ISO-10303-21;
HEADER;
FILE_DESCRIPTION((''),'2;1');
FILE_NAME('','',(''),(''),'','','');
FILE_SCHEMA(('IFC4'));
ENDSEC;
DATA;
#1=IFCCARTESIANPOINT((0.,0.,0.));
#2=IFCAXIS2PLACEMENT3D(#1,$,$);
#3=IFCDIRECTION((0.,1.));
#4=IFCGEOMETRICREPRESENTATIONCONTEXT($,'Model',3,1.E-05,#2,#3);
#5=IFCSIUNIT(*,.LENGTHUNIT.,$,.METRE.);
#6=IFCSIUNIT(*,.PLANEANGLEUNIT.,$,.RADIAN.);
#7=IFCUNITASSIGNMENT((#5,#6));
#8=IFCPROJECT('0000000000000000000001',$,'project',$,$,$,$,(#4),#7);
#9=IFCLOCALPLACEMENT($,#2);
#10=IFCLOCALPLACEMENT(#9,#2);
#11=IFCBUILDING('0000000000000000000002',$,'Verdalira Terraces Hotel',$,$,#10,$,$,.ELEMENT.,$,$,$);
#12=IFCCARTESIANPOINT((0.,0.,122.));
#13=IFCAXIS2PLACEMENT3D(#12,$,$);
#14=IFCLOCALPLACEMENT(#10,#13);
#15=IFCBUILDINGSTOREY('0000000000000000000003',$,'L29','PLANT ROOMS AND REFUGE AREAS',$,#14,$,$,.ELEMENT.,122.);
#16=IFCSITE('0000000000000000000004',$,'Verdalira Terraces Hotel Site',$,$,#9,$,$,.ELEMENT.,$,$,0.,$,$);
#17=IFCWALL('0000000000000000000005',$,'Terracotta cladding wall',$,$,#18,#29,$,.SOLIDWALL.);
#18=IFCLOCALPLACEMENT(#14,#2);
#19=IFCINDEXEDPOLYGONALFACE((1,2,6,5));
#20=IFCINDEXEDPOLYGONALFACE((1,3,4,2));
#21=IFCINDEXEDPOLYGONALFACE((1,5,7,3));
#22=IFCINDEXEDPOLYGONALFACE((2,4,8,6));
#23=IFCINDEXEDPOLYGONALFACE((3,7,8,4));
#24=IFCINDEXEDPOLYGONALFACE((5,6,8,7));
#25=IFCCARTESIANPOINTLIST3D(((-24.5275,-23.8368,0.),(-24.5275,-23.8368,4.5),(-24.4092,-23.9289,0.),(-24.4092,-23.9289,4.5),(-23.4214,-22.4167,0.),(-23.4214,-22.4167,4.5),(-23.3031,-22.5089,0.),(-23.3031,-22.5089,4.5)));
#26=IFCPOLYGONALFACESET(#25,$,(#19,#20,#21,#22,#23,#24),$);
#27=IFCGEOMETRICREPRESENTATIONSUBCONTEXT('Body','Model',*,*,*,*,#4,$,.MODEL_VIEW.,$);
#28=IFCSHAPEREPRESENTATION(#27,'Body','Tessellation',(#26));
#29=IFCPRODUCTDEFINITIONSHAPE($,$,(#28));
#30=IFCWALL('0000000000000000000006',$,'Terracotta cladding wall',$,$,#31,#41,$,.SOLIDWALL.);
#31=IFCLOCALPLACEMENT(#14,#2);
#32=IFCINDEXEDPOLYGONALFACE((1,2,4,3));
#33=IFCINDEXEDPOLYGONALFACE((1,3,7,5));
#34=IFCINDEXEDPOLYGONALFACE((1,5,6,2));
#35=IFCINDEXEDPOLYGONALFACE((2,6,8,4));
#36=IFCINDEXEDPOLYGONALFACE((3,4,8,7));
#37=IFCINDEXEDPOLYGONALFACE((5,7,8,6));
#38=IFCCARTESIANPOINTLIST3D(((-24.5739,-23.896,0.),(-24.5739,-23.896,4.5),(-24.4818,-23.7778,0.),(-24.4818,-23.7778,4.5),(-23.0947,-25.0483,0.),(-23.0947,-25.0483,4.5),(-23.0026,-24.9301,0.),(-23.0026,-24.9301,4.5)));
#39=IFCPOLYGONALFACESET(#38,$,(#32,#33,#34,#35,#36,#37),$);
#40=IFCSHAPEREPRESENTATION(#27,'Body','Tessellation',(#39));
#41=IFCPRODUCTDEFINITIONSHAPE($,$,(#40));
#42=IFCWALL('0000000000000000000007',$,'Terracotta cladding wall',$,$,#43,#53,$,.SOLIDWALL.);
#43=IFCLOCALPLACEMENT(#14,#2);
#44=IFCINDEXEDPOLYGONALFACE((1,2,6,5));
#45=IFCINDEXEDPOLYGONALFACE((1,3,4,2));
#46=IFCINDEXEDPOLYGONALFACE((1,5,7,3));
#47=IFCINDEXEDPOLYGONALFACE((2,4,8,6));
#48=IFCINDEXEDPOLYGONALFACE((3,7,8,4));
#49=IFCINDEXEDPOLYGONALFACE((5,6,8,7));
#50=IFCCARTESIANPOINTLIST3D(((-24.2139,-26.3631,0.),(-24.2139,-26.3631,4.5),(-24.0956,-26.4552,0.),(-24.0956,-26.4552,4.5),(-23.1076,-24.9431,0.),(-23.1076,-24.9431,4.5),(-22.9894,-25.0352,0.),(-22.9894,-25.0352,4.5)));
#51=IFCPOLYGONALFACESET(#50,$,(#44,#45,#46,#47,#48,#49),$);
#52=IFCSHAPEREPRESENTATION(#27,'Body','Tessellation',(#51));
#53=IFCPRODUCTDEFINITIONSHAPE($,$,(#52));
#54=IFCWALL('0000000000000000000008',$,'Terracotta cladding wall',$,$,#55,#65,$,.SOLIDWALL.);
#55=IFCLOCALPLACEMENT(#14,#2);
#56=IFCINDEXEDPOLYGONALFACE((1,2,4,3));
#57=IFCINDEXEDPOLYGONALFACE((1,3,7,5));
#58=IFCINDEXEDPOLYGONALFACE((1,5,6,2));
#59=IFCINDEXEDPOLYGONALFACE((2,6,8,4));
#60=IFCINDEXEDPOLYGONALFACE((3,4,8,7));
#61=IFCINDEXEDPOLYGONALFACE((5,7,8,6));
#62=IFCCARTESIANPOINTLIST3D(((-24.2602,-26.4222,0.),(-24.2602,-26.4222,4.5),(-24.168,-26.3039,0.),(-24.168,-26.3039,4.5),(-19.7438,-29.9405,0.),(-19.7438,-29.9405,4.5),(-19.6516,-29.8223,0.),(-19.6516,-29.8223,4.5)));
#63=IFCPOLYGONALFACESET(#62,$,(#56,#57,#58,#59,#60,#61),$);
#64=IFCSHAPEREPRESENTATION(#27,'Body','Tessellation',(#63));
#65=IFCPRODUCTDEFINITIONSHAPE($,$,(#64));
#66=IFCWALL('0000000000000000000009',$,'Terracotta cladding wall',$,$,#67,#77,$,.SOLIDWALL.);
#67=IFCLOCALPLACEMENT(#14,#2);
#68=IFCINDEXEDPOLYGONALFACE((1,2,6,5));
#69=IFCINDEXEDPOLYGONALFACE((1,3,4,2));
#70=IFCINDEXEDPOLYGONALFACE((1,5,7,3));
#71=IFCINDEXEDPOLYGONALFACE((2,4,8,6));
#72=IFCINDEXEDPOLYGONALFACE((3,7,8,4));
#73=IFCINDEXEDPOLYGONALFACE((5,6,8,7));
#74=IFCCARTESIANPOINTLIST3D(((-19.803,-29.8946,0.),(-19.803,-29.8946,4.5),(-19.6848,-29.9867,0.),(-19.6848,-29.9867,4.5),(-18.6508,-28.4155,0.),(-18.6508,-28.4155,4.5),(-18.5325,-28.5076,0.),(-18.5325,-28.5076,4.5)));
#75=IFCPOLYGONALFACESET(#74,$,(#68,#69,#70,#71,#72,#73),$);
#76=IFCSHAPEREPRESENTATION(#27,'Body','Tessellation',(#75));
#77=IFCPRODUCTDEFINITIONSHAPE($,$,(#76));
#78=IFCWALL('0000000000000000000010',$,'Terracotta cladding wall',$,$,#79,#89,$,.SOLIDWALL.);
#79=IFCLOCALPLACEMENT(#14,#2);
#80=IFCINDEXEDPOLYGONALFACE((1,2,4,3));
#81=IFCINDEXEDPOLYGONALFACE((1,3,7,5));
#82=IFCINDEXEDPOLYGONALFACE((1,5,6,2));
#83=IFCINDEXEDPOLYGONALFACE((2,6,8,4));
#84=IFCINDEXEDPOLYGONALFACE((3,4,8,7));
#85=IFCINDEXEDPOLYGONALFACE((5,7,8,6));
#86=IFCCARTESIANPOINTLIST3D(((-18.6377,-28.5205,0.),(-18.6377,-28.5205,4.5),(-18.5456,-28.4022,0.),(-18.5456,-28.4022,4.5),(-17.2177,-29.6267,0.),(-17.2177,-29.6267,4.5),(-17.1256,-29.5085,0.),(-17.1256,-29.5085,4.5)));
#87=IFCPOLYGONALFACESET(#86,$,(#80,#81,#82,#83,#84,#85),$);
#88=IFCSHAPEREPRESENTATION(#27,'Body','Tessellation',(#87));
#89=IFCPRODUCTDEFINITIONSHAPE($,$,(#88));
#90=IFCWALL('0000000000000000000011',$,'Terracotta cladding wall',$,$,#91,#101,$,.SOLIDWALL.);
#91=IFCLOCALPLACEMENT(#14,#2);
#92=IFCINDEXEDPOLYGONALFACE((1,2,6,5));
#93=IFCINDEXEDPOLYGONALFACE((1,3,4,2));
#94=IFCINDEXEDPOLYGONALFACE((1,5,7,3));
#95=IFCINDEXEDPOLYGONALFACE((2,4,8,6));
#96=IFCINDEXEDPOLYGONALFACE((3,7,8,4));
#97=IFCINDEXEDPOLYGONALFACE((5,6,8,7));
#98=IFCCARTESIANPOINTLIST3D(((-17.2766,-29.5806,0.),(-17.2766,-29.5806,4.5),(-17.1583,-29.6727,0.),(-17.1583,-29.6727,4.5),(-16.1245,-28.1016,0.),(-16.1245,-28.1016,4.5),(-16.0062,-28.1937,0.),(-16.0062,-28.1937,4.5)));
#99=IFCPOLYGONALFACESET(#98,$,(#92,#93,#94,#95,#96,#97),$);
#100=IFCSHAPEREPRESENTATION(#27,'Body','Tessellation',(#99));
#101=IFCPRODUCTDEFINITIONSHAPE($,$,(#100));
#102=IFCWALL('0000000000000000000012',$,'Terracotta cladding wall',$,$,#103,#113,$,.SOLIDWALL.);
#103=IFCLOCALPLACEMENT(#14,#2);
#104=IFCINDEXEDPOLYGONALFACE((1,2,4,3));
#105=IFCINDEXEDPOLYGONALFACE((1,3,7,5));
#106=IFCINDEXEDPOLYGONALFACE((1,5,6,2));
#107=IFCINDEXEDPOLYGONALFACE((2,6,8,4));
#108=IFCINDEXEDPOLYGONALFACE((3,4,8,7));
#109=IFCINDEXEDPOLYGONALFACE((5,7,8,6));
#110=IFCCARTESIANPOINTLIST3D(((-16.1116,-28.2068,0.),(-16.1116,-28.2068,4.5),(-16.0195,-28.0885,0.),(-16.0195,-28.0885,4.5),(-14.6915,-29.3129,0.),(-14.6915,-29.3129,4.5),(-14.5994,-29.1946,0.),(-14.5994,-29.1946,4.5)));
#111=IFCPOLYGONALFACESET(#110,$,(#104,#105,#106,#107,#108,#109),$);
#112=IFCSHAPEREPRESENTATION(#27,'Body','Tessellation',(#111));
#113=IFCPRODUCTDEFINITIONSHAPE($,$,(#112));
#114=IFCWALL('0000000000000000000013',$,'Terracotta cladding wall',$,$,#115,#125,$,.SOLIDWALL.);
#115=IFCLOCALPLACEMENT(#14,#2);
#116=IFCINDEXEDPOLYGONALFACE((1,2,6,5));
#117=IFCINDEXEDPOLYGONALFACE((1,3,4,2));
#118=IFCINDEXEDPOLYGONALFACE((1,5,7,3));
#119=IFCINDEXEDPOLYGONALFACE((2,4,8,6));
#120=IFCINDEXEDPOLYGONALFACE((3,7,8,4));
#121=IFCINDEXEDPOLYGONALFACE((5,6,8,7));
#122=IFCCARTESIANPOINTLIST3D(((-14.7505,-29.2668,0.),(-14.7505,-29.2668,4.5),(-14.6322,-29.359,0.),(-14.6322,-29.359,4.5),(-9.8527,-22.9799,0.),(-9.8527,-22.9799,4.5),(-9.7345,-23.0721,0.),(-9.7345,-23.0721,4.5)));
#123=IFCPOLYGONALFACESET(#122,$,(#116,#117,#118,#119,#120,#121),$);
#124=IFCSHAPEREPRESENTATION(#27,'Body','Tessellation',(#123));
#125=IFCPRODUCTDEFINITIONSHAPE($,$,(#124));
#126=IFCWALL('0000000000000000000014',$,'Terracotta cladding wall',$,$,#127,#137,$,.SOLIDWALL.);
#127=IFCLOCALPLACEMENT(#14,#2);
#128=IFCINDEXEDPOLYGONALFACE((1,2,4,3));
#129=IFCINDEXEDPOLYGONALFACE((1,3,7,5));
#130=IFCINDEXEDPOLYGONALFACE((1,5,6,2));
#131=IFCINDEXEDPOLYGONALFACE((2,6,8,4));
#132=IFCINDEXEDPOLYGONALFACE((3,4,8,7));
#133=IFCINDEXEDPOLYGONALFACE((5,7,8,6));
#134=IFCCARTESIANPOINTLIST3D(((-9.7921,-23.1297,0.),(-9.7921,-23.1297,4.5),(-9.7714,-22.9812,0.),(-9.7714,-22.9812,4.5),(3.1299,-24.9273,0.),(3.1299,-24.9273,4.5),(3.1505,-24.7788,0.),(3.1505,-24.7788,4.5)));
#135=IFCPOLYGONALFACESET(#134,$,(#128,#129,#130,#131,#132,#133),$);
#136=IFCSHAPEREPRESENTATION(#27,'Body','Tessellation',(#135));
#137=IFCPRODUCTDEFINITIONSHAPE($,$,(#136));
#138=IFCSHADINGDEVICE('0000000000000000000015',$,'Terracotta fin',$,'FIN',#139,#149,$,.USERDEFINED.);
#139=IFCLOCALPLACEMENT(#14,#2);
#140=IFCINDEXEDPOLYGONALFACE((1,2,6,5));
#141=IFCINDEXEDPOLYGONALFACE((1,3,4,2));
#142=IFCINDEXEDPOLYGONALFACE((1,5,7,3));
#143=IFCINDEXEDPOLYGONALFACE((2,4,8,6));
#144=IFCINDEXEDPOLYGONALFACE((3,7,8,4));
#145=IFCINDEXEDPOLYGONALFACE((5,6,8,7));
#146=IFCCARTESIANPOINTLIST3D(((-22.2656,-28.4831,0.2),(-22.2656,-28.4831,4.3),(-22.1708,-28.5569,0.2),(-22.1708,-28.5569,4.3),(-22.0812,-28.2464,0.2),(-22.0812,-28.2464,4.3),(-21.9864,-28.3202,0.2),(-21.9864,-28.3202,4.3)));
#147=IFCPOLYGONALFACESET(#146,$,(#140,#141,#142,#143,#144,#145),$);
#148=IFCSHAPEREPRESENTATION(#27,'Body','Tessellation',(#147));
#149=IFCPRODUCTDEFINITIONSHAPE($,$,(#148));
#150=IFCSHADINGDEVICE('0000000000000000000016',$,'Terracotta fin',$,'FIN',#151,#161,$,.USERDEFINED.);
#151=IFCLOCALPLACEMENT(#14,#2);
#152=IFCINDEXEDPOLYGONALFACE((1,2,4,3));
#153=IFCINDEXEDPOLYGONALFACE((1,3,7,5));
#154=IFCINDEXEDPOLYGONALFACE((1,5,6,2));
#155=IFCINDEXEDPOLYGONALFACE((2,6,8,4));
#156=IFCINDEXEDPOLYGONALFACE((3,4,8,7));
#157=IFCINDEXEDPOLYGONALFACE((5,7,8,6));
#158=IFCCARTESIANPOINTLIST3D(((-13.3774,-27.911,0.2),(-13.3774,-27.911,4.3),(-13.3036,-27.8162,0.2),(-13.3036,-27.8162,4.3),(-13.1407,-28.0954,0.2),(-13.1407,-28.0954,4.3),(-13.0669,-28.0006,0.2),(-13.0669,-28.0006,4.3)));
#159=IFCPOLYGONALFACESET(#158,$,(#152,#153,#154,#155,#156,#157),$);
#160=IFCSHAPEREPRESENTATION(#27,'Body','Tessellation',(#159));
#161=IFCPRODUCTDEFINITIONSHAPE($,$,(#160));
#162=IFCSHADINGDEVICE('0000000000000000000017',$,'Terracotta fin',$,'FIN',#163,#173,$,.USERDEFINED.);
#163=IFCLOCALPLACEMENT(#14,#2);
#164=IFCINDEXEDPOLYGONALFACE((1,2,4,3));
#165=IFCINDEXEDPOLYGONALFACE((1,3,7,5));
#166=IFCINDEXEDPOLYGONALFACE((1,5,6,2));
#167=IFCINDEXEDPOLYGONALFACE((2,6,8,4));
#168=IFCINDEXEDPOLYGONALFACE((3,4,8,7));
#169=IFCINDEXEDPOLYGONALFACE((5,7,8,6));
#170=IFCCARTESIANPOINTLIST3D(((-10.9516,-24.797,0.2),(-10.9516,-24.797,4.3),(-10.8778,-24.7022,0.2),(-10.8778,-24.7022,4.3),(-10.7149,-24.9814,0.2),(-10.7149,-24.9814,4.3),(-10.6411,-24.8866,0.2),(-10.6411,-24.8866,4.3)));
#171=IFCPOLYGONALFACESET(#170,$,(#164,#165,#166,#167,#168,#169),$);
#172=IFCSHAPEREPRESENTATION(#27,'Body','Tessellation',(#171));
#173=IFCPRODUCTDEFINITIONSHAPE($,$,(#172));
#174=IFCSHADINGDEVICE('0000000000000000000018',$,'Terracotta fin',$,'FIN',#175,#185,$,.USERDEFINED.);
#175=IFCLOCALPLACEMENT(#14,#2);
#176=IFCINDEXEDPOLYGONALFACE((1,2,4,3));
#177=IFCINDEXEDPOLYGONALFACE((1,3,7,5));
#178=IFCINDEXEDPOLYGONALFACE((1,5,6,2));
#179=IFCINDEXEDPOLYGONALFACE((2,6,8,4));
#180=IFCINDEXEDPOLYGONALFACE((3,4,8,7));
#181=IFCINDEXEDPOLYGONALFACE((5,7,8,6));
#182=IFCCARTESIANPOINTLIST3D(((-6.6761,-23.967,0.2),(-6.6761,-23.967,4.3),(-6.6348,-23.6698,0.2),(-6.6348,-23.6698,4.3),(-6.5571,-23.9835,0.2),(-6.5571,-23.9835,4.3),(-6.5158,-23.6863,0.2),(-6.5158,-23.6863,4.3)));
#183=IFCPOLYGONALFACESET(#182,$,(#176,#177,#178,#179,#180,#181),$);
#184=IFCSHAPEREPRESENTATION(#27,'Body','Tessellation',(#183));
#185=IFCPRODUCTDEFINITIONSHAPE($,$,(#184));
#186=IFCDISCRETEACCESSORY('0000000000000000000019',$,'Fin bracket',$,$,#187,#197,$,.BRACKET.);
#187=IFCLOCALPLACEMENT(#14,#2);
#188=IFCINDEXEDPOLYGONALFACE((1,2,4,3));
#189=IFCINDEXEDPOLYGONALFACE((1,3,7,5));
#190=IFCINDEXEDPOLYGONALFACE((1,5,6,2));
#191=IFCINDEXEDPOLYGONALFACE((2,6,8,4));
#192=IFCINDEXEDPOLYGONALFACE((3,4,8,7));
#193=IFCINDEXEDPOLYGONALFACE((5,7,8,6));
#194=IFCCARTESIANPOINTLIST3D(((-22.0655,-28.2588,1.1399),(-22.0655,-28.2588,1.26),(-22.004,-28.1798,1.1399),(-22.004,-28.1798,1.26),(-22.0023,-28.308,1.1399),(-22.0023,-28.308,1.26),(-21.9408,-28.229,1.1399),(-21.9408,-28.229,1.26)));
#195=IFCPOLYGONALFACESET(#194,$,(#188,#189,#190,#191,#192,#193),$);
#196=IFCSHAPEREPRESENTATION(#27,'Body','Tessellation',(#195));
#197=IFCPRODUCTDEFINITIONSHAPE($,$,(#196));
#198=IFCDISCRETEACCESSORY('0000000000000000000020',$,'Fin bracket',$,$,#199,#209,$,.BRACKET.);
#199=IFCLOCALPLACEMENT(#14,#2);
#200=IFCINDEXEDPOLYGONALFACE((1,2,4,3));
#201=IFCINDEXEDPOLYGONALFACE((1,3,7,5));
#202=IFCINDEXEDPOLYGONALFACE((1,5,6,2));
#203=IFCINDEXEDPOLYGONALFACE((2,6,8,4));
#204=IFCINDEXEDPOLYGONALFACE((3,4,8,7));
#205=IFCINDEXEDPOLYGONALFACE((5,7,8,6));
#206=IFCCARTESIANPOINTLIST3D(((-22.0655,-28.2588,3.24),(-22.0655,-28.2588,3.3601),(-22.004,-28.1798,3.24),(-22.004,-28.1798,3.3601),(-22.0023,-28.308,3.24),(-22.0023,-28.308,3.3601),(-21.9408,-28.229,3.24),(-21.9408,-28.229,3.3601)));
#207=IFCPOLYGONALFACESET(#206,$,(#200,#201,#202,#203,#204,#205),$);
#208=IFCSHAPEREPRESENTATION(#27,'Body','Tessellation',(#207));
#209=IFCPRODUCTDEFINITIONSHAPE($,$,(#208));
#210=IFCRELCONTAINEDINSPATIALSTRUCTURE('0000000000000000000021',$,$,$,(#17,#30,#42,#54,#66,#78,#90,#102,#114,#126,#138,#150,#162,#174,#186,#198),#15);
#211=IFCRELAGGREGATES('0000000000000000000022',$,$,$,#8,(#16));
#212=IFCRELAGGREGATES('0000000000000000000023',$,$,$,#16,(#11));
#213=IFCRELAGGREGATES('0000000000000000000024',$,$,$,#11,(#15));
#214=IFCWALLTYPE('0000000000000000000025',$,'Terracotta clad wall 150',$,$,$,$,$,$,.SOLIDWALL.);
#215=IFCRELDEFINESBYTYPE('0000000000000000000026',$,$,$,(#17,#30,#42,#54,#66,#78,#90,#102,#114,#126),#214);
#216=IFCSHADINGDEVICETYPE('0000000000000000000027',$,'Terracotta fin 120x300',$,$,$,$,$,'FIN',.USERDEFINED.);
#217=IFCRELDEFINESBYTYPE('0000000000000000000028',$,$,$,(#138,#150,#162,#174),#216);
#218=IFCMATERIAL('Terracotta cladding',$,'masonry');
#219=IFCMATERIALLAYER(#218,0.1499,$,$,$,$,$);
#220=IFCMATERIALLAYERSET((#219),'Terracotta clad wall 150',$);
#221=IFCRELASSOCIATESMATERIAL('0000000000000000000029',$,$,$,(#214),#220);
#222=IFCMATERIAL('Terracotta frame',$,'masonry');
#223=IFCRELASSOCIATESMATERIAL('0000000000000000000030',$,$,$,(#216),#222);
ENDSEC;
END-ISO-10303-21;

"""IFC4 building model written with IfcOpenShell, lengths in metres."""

from ifc_helpers import new_model, si_unit, direction, frame, frame_2d, origin, origin_2d, place, context, subcontext, project, spatial, rectangle, extrude, material, layer, layer_set, material_profile, profile_set, type_object, element, save


model = new_model("IFC4")

# Units and contexts
model_context = context("Model", 3, precision=1e-05, world=origin(), true_north=direction((0.0, 1.0)))
body_context = subcontext(model_context, "Body", "Model", "MODEL_VIEW")
ifc_project = project(units=[si_unit("LENGTHUNIT", "METRE"), si_unit("PLANEANGLEUNIT", "RADIAN")], contexts=[model_context])

# Site, building, storey
site_placement = place(None, origin())
site = spatial("IfcSite", under=ifc_project, at=site_placement, Name="Verdalira Terraces Hotel Site", CompositionType="ELEMENT", RefElevation=0.0)
building_placement = place(site_placement, origin())
building = spatial("IfcBuilding", under=site, at=building_placement, Name="Verdalira Terraces Hotel", CompositionType="ELEMENT")
storey_placement = place(building_placement, frame((0.0, 0.0, 122.0)))
storey = spatial("IfcBuildingStorey", under=building, at=storey_placement, Name="L29", Description="PLANT ROOMS AND REFUGE AREAS", CompositionType="ELEMENT", Elevation=122.0)

# Walls
ifc_material_1 = material(Name="Terracotta cladding", Category="masonry")
ifc_layer_1 = layer(ifc_material_1, 0.1499)
ifc_layer_set_1 = layer_set([ifc_layer_1], Name="Terracotta clad wall 150")
wall_type_1 = type_object("IfcWallType", Name="Terracotta clad wall 150", PredefinedType="SOLIDWALL", material=ifc_layer_set_1)
wall_1_placement = place(storey_placement, frame((-23.3623, -22.4629, 0.0), z_axis=(0.0, 0.0, 1.0), x_axis=(-0.614504, -0.788914, 0.0)))
element("IfcWall", 1, at=wall_1_placement, inside=storey, type_object=wall_type_1, Name="Terracotta cladding wall", PredefinedType="SOLIDWALL", context=body_context, shape_type="SweptSolid", body=[
    extrude(rectangle(XDim=1.8, YDim=0.1499, at=frame_2d((0.8999, 0.0))), origin(), (0.0, 0.0, 1.0), 4.5),
])
wall_2_placement = place(storey_placement, frame((-24.5278, -23.8369, 0.0), z_axis=(0.0, 0.0, 1.0), x_axis=(0.788882, -0.614544, 0.0)))
element("IfcWall", 2, at=wall_2_placement, inside=storey, type_object=wall_type_1, Name="Terracotta cladding wall", PredefinedType="SOLIDWALL", context=body_context, shape_type="SweptSolid", body=[
    extrude(rectangle(XDim=1.875, YDim=0.1499, at=frame_2d((0.9375, 0.0))), origin(), (0.0, 0.0, 1.0), 4.5),
])
wall_3_placement = place(storey_placement, frame((-23.0486, -24.9893, 0.0), z_axis=(0.0, 0.0, 1.0), x_axis=(-0.61457, -0.788863, 0.0)))
element("IfcWall", 3, at=wall_3_placement, inside=storey, type_object=wall_type_1, Name="Terracotta cladding wall", PredefinedType="SOLIDWALL", context=body_context, shape_type="SweptSolid", body=[
    extrude(rectangle(XDim=1.8, YDim=0.1499, at=frame_2d((0.8999, 0.0))), origin(), (0.0, 0.0, 1.0), 4.5),
])
wall_4_placement = place(storey_placement, frame((-24.2141, -26.363, 0.0), z_axis=(0.0, 0.0, 1.0), x_axis=(0.788879, -0.614549, 0.0)))
element("IfcWall", 4, at=wall_4_placement, inside=storey, type_object=wall_type_1, Name="Terracotta cladding wall", PredefinedType="SOLIDWALL", context=body_context, shape_type="SweptSolid", body=[
    extrude(rectangle(XDim=5.7251, YDim=0.1499, at=frame_2d((2.8625, 0.0))), origin(), (0.0, 0.0, 1.0), 4.5),
])
wall_5_placement = place(storey_placement, frame((-19.7439, -29.9407, 0.0), z_axis=(0.0, 0.0, 1.0), x_axis=(0.614544, 0.788882, 0.0)))
element("IfcWall", 5, at=wall_5_placement, inside=storey, type_object=wall_type_1, Name="Terracotta cladding wall", PredefinedType="SOLIDWALL", context=body_context, shape_type="SweptSolid", body=[
    extrude(rectangle(XDim=1.875, YDim=0.1499, at=frame_2d((0.9375, 0.0))), origin(), (0.0, 0.0, 1.0), 4.5),
])
wall_6_placement = place(storey_placement, frame((-18.5916, -28.4614, 0.0), z_axis=(0.0, 0.0, 1.0), x_axis=(0.788863, -0.61457, 0.0)))
element("IfcWall", 6, at=wall_6_placement, inside=storey, type_object=wall_type_1, Name="Terracotta cladding wall", PredefinedType="SOLIDWALL", context=body_context, shape_type="SweptSolid", body=[
    extrude(rectangle(XDim=1.8, YDim=0.1499, at=frame_2d((0.8999, 0.0))), origin(), (0.0, 0.0, 1.0), 4.5),
])
wall_7_placement = place(storey_placement, frame((-17.2175, -29.6267, 0.0), z_axis=(0.0, 0.0, 1.0), x_axis=(0.614526, 0.788896, 0.0)))
element("IfcWall", 7, at=wall_7_placement, inside=storey, type_object=wall_type_1, Name="Terracotta cladding wall", PredefinedType="SOLIDWALL", context=body_context, shape_type="SweptSolid", body=[
    extrude(rectangle(XDim=1.8748, YDim=0.1499, at=frame_2d((0.9375, 0.0))), origin(), (0.0, 0.0, 1.0), 4.5),
])
wall_8_placement = place(storey_placement, frame((-16.0654, -28.1477, 0.0), z_axis=(0.0, 0.0, 1.0), x_axis=(0.788914, -0.614504, 0.0)))
element("IfcWall", 8, at=wall_8_placement, inside=storey, type_object=wall_type_1, Name="Terracotta cladding wall", PredefinedType="SOLIDWALL", context=body_context, shape_type="SweptSolid", body=[
    extrude(rectangle(XDim=1.8, YDim=0.1499, at=frame_2d((0.8999, 0.0))), origin(), (0.0, 0.0, 1.0), 4.5),
])
wall_9_placement = place(storey_placement, frame((-14.6914, -29.313, 0.0), z_axis=(0.0, 0.0, 1.0), x_axis=(0.61456, 0.78887, 0.0)))
element("IfcWall", 9, at=wall_9_placement, inside=storey, type_object=wall_type_1, Name="Terracotta cladding wall", PredefinedType="SOLIDWALL", context=body_context, shape_type="SweptSolid", body=[
    extrude(rectangle(XDim=7.9695, YDim=0.1499, at=frame_2d((3.9849, 0.0))), origin(), (0.0, 0.0, 1.0), 4.5),
])
wall_10_placement = place(storey_placement, frame((-9.7817, -23.0554, 0.0), z_axis=(0.0, 0.0, 1.0), x_axis=(0.990462, -0.137787, 0.0)))
element("IfcWall", 10, at=wall_10_placement, inside=storey, type_object=wall_type_1, Name="Terracotta cladding wall", PredefinedType="SOLIDWALL", context=body_context, shape_type="SweptSolid", body=[
    extrude(rectangle(XDim=13.0464, YDim=0.1499, at=frame_2d((6.5232, 0.0))), origin(), (0.0, 0.0, 1.0), 4.5),
])

# Shading devices
ifc_material_2 = material(Name="Terracotta frame", Category="masonry")
ifc_material_profile_1 = material_profile(ifc_material_2, rectangle(XDim=0.1201, YDim=0.3, at=origin_2d()), Name="FIN 120x300")
ifc_profile_set_1 = profile_set([ifc_material_profile_1], Name="Terracotta frame")
shading_device_type = type_object("IfcShadingDeviceType", Name="Terracotta fin 120x300", ElementType="FIN", PredefinedType="USERDEFINED", material=ifc_profile_set_1)
for number, where, z_axis, x_axis, name in (
    (11, (-22.126, -28.4016, 0.2), (0.0, 0.0, 1.0), (0.78887, -0.614561, 0.0), "Terracotta fin"),
    (12, (-13.2222, -27.9558, 0.2), (0.0, 0.0, 1.0), (0.614561, 0.78887, 0.0), "Terracotta fin"),
    (13, (-10.7964, -24.8418, 0.2), (0.0, 0.0, 1.0), (0.614561, 0.78887, 0.0), "Terracotta fin"),
    (14, (-6.5959, -23.8267, 0.2), (0.0, 0.0, 1.0), (0.990461, -0.13779, 0.0), "Terracotta fin"),
):
    element("IfcShadingDevice", number, at=place(storey_placement, frame(where, z_axis=z_axis, x_axis=x_axis)), inside=storey, type_object=shading_device_type, Name=name, ObjectType="FIN", PredefinedType="USERDEFINED", context=body_context, shape_type="SweptSolid", body=[
        extrude(rectangle(XDim=0.1201, YDim=0.3, at=origin_2d()), origin(), (0.0, 0.0, 1.0), 4.1001),
    ])

# Discrete accessories
for number, where, z_axis, x_axis, name in (
    (15, (-22.0032, -28.2439, 1.1399), (0.0, 0.0, 1.0), (0.78887, -0.614561, 0.0), "Fin bracket"),
    (16, (-22.0032, -28.2439, 3.24), (0.0, 0.0, 1.0), (0.78887, -0.614561, 0.0), "Fin bracket"),
):
    element("IfcDiscreteAccessory", number, at=place(storey_placement, frame(where, z_axis=z_axis, x_axis=x_axis)), inside=storey, Name=name, PredefinedType="BRACKET", context=body_context, shape_type="SweptSolid", body=[
        extrude(rectangle(XDim=0.0801, YDim=0.1001, at=origin_2d()), origin(), (0.0, 0.0, 1.0), 0.1201),
    ])

save(model, "model.ifc")
